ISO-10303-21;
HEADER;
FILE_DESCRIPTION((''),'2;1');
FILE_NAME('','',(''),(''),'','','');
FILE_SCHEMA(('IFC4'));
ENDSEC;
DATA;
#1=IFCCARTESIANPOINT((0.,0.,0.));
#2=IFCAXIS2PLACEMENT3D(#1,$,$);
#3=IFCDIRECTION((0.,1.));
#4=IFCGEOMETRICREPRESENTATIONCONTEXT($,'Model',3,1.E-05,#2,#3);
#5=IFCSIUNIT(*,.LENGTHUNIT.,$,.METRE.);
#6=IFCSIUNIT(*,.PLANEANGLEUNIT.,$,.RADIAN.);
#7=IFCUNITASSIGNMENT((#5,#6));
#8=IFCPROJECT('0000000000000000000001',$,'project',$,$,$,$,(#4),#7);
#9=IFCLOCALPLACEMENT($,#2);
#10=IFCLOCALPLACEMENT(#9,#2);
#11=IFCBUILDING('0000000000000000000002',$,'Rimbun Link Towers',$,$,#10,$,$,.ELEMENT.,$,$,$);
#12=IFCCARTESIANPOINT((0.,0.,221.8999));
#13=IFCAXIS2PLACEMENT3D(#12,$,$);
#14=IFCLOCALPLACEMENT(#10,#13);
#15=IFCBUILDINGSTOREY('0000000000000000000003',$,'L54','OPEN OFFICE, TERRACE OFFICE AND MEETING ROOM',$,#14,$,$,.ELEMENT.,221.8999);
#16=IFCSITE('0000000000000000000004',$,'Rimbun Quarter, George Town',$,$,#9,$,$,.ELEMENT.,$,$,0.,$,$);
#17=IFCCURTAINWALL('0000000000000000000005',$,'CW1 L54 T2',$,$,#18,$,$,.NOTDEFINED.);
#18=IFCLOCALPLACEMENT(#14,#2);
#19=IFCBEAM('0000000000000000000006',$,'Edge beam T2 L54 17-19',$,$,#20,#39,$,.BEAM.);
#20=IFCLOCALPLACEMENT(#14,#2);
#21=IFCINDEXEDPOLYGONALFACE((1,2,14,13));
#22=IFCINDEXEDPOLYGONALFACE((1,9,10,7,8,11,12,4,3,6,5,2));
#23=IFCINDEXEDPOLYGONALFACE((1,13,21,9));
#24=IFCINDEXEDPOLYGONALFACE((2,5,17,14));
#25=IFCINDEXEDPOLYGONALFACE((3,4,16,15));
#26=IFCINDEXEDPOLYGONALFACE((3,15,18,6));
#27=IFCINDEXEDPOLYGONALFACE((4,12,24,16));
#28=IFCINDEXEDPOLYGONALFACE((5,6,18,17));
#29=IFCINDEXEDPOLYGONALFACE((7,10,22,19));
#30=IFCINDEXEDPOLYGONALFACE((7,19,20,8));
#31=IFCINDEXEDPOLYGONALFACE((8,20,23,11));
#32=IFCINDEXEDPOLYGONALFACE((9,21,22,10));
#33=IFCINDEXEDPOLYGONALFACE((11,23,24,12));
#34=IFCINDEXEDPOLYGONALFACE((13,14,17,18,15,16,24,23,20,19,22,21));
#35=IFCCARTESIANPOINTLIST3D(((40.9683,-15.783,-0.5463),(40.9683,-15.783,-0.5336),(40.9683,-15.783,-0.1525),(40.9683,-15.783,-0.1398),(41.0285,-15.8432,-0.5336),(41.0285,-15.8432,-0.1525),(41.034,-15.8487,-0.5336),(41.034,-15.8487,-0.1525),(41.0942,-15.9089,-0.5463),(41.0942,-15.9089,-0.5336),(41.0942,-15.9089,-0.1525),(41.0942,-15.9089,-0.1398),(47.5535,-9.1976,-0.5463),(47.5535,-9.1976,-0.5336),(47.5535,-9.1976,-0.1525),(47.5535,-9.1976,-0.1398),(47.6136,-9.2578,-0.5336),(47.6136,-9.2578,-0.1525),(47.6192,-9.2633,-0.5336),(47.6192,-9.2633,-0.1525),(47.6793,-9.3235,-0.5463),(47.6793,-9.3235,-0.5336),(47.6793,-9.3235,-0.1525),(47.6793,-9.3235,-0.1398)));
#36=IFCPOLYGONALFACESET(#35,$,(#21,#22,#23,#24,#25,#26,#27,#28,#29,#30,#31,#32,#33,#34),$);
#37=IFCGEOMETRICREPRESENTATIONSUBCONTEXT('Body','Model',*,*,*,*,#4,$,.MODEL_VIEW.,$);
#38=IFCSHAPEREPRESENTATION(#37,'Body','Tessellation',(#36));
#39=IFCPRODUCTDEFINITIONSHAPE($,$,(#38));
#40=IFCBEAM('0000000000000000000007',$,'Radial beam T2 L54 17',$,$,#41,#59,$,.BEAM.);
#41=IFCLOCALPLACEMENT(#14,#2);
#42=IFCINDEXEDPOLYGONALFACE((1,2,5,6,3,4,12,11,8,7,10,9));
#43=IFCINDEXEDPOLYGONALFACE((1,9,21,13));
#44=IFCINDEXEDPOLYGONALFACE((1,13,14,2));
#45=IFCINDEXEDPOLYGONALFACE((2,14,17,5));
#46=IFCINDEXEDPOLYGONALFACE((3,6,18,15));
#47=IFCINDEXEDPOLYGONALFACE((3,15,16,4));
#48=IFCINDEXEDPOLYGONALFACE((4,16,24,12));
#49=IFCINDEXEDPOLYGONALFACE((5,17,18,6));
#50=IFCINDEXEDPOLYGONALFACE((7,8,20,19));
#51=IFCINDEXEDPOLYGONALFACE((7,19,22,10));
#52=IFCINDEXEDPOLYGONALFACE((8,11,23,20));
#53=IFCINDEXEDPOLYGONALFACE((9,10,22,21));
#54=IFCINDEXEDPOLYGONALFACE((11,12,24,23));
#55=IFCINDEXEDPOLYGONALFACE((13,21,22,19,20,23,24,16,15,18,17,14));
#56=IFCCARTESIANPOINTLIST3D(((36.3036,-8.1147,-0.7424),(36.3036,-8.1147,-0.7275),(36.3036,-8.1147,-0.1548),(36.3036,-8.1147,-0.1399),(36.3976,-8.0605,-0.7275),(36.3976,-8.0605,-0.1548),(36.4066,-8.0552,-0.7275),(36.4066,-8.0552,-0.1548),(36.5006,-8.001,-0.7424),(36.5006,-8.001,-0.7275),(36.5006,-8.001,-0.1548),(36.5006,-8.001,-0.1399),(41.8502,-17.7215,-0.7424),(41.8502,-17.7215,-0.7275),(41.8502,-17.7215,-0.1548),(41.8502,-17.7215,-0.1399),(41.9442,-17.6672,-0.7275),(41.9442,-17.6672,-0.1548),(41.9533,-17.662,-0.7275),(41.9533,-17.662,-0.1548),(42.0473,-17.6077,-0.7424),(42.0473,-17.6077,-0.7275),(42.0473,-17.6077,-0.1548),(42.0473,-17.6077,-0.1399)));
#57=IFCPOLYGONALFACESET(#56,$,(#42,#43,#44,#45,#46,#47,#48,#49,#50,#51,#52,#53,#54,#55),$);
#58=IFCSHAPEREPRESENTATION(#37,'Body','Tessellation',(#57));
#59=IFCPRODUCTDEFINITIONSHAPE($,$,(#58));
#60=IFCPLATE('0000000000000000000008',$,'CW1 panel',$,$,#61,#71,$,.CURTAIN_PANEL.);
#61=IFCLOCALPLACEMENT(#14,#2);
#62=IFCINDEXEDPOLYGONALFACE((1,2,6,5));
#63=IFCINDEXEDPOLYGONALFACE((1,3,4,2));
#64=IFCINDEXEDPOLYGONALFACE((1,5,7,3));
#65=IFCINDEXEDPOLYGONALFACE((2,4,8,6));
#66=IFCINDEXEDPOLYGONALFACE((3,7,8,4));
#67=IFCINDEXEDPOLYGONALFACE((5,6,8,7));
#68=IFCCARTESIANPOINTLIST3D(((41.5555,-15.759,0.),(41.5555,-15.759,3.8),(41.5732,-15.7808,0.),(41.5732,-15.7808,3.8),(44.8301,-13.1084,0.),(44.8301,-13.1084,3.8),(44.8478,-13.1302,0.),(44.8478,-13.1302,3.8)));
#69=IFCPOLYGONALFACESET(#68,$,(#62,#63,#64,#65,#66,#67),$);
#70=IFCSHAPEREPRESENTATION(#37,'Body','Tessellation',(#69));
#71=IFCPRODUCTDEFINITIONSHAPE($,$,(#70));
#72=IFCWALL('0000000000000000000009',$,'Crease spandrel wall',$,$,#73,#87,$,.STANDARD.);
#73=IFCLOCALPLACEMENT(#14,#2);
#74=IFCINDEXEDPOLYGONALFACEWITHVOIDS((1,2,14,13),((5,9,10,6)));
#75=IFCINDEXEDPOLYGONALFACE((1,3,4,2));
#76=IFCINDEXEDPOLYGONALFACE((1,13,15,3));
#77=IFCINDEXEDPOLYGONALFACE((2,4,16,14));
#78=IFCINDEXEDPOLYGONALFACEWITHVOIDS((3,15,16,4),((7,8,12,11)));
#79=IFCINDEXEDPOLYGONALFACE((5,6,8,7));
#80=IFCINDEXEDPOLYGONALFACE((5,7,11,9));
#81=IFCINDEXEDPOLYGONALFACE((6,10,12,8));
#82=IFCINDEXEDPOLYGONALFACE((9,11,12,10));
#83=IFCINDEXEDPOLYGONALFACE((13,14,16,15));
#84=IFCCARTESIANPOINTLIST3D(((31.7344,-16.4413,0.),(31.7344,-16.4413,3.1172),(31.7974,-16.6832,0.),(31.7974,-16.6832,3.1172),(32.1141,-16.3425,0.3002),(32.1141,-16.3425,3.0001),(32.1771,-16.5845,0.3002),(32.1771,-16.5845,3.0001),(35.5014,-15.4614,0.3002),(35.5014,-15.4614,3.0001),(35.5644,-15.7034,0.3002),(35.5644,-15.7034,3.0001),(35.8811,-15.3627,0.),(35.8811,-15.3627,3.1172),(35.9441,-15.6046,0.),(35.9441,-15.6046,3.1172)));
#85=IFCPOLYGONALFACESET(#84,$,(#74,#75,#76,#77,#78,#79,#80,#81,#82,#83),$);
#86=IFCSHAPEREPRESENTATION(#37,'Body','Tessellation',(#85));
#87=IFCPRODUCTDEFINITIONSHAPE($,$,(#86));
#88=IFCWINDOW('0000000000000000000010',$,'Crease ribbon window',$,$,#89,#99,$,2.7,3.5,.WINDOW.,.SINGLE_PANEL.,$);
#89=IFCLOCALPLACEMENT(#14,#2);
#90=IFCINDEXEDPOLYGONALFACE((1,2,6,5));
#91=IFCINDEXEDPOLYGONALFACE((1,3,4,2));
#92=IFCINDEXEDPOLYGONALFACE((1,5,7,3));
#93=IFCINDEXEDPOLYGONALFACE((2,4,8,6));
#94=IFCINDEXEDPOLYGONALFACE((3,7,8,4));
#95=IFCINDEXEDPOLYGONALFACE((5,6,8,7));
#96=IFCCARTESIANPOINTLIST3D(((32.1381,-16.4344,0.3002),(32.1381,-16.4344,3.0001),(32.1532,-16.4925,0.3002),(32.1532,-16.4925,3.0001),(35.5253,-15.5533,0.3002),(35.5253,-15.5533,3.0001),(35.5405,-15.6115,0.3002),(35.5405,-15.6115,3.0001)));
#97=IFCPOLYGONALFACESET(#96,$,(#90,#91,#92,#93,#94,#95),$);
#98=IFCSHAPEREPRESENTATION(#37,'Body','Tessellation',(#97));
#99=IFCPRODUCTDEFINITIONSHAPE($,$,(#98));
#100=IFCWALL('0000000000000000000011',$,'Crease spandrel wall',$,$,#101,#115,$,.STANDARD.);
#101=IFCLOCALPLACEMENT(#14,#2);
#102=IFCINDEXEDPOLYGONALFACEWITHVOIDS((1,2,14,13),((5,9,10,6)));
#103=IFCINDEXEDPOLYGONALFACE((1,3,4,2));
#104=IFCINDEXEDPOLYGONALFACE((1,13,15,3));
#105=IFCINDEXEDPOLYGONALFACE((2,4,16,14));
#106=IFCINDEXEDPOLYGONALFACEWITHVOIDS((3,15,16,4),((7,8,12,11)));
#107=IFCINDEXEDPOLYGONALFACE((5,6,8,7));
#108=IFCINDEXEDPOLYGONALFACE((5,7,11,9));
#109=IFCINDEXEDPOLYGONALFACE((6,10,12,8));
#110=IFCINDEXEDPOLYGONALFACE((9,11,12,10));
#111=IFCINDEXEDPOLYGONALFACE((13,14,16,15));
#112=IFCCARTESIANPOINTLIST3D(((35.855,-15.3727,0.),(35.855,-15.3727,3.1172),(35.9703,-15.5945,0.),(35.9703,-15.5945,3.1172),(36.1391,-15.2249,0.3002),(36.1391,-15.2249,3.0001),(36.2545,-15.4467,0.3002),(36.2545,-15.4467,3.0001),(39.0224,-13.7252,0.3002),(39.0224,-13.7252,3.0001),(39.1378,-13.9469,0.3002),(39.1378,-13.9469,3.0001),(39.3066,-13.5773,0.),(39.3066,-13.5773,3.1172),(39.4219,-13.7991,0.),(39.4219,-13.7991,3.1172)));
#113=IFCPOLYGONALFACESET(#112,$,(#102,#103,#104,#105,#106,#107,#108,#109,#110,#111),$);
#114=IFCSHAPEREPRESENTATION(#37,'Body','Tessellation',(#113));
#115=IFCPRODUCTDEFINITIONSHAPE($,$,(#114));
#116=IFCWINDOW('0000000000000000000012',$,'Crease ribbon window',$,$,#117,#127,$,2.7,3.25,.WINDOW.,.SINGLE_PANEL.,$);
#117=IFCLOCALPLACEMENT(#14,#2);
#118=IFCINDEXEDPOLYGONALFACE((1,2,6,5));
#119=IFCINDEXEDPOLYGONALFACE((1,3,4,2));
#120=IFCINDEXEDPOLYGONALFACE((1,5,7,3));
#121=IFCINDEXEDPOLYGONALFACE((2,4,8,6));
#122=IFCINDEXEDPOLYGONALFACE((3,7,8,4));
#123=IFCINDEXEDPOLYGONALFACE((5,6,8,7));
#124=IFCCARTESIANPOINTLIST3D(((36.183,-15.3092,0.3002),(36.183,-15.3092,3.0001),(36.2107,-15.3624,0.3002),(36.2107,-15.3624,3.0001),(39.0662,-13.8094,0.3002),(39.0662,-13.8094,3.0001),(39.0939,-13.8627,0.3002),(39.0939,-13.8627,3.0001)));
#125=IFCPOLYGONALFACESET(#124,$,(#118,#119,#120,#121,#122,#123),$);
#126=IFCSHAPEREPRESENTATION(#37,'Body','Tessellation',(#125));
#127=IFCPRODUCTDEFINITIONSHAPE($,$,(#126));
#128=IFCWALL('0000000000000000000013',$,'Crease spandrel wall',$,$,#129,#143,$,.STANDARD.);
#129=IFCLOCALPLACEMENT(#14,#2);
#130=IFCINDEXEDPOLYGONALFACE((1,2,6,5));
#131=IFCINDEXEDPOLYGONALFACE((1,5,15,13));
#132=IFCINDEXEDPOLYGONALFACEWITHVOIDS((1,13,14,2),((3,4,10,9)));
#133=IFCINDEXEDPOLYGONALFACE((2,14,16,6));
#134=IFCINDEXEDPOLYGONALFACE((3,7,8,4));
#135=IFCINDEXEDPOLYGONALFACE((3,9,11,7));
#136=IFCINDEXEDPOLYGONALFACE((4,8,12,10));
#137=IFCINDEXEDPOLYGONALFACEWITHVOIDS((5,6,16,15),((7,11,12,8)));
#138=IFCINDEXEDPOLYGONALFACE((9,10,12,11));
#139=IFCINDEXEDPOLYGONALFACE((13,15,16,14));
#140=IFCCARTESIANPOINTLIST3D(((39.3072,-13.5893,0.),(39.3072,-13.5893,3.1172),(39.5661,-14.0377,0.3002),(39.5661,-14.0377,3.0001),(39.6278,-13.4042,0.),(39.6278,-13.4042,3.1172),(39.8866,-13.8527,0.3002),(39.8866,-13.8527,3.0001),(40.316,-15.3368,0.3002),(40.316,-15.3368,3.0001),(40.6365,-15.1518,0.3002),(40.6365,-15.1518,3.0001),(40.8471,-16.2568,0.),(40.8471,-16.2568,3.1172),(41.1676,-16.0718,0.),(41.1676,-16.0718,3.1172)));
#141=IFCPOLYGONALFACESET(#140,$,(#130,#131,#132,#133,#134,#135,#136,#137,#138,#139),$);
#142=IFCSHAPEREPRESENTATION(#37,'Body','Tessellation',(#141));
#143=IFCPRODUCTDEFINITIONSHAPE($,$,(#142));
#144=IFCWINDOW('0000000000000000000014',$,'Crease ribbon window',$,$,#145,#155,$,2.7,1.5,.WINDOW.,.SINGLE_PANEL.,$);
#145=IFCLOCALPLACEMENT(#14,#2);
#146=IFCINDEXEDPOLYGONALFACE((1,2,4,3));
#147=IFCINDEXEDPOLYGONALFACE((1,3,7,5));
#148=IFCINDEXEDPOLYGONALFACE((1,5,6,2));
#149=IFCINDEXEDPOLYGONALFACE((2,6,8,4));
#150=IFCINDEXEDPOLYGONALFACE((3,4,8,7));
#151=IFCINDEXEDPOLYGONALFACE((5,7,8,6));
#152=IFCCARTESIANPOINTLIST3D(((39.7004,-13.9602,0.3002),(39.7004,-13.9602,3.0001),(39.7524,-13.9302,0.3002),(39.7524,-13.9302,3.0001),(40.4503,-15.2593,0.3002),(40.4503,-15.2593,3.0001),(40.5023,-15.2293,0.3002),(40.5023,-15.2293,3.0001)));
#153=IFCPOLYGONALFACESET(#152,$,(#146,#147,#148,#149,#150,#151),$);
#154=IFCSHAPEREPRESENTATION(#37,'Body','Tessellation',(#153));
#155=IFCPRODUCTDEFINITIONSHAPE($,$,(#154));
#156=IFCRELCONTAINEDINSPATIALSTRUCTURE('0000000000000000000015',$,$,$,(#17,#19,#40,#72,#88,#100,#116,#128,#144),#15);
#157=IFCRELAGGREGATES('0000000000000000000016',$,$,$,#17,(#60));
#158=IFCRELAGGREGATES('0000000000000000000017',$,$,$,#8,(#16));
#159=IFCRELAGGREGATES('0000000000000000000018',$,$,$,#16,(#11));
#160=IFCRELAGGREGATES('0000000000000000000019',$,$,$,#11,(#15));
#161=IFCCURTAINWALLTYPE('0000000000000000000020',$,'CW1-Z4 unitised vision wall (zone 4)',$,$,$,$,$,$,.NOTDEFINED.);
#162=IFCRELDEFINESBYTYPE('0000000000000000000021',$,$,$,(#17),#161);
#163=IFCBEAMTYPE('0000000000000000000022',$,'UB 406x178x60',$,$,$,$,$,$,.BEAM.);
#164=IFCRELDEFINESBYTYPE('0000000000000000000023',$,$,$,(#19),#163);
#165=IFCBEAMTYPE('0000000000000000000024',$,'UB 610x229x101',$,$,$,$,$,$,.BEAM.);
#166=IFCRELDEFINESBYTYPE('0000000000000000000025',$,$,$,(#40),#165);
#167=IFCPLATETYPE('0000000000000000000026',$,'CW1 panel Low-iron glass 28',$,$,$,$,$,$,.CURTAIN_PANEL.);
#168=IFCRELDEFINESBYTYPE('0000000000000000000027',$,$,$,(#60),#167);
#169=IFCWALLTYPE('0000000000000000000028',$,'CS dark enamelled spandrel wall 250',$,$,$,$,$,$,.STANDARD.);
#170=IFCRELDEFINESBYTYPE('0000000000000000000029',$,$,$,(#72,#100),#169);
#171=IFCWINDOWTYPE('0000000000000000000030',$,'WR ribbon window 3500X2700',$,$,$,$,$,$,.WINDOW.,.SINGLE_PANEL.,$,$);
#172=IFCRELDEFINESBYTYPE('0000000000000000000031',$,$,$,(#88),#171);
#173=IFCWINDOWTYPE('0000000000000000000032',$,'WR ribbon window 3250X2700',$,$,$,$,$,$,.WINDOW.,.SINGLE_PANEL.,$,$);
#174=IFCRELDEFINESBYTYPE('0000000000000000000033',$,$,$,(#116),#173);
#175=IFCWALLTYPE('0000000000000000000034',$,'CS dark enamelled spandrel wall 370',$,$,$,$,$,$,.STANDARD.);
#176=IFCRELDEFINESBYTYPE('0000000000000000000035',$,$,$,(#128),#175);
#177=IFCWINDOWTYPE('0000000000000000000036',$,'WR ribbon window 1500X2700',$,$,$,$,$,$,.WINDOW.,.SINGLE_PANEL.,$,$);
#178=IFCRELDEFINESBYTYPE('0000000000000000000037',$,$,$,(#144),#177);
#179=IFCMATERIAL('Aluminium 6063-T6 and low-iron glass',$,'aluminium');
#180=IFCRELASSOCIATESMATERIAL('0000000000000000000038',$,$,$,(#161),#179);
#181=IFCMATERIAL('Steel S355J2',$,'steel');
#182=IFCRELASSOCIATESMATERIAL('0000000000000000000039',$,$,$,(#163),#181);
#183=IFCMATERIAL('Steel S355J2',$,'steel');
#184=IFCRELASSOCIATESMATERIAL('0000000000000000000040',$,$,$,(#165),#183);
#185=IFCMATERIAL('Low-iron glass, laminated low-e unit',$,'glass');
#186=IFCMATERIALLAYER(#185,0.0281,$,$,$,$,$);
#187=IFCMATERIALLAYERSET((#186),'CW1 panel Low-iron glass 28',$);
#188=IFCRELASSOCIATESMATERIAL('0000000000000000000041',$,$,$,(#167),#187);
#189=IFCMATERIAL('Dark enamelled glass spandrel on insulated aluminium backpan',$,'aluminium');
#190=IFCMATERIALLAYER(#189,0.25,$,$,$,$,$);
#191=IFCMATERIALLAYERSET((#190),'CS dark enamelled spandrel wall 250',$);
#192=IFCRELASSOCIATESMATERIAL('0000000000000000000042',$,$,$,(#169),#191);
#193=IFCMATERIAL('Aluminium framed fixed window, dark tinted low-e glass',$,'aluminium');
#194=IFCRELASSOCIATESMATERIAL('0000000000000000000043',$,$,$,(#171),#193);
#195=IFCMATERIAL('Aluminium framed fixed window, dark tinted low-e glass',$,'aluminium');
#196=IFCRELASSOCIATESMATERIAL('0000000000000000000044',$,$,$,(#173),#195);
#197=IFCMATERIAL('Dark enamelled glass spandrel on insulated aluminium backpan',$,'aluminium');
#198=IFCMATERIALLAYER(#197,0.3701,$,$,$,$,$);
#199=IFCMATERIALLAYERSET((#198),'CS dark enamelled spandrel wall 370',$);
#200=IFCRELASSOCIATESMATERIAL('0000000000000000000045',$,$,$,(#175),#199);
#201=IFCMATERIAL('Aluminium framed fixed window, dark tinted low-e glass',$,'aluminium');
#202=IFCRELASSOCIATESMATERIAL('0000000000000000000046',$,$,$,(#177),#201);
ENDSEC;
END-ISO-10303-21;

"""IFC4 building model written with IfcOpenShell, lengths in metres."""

from ifc_helpers import new_model, si_unit, direction, frame, frame_2d, origin, origin_2d, place, context, subcontext, project, spatial, rectangle, i_section, extrude, material, layer, layer_set, material_profile, profile_set, type_object, element, fill, aggregate, save


model = new_model("IFC4")

# Units and contexts
model_context = context("Model", 3, precision=1e-05, world=origin(), true_north=direction((0.0, 1.0)))
body_context = subcontext(model_context, "Body", "Model", "MODEL_VIEW")
ifc_project = project(units=[si_unit("LENGTHUNIT", "METRE"), si_unit("PLANEANGLEUNIT", "RADIAN")], contexts=[model_context])

# Site, building, storey
site_placement = place(None, origin())
site = spatial("IfcSite", under=ifc_project, at=site_placement, Name="Rimbun Quarter, George Town", CompositionType="ELEMENT", RefElevation=0.0)
building_placement = place(site_placement, origin())
building = spatial("IfcBuilding", under=site, at=building_placement, Name="Rimbun Link Towers", CompositionType="ELEMENT")
storey_placement = place(building_placement, frame((0.0, 0.0, 221.8999)))
storey = spatial("IfcBuildingStorey", under=building, at=storey_placement, Name="L54", Description="OPEN OFFICE, TERRACE OFFICE AND MEETING ROOM", CompositionType="ELEMENT", Elevation=221.8999)

# Curtain wall
ifc_material_1 = material(Name="Aluminium 6063-T6 and low-iron glass", Category="aluminium")
curtain_wall_type = type_object("IfcCurtainWallType", Name="CW1-Z4 unitised vision wall (zone 4)", PredefinedType="NOTDEFINED", material=ifc_material_1)
curtain_wall_placement = place(storey_placement, origin())
curtain_wall = element("IfcCurtainWall", 1, at=curtain_wall_placement, inside=storey, type_object=curtain_wall_type, Name="CW1 L54 T2", PredefinedType="NOTDEFINED")

# Beams
ifc_material_2 = material(Name="Steel S355J2", Category="steel")
ifc_material_profile_1 = material_profile(ifc_material_2, i_section(OverallWidth=0.178, OverallDepth=0.4065, WebThickness=0.0078, FlangeThickness=0.0127, at=origin_2d()), Name="UB 406x178x60")
ifc_profile_set_1 = profile_set([ifc_material_profile_1], Name="Steel S355J2")
beam_type_1 = type_object("IfcBeamType", Name="UB 406x178x60", PredefinedType="BEAM", material=ifc_profile_set_1)
beam_1_placement = place(storey_placement, frame((41.0312, -15.8459, -0.343), z_axis=(0.707094, 0.70712, 0.0), x_axis=(-0.70712, 0.707094, 0.0)))
element("IfcBeam", 2, at=beam_1_placement, inside=storey, type_object=beam_type_1, Name="Edge beam T2 L54 17-19", PredefinedType="BEAM", context=body_context, shape_type="SweptSolid", body=[
    extrude(i_section(OverallWidth=0.178, OverallDepth=0.4065, WebThickness=0.0078, FlangeThickness=0.0127, at=origin_2d()), origin(), (0.0, 0.0, 1.0), 9.313),
])
ifc_material_3 = material(Name="Steel S355J2", Category="steel")
ifc_material_profile_2 = material_profile(ifc_material_3, i_section(OverallWidth=0.2275, OverallDepth=0.6025, WebThickness=0.0105, FlangeThickness=0.0149, at=origin_2d()), Name="UB 610x229x101")
ifc_profile_set_2 = profile_set([ifc_material_profile_2], Name="Steel S355J2")
beam_type_2 = type_object("IfcBeamType", Name="UB 610x229x101", PredefinedType="BEAM", material=ifc_profile_set_2)
beam_2_placement = place(storey_placement, frame((36.4021, -8.0579, -0.4412), z_axis=(0.500014, -0.866017, 0.0), x_axis=(0.866017, 0.500014, 0.0)))
element("IfcBeam", 3, at=beam_2_placement, inside=storey, type_object=beam_type_2, Name="Radial beam T2 L54 17", PredefinedType="BEAM", context=body_context, shape_type="SweptSolid", body=[
    extrude(i_section(OverallWidth=0.2275, OverallDepth=0.6025, WebThickness=0.0105, FlangeThickness=0.0149, at=origin_2d()), origin(), (0.0, 0.0, 1.0), 11.093),
])

# Plate
ifc_material_4 = material(Name="Low-iron glass, laminated low-e unit", Category="glass")
ifc_layer_1 = layer(ifc_material_4, 0.0281)
ifc_layer_set_1 = layer_set([ifc_layer_1], Name="CW1 panel Low-iron glass 28")
plate_type = type_object("IfcPlateType", Name="CW1 panel Low-iron glass 28", PredefinedType="CURTAIN_PANEL", material=ifc_layer_set_1)
plate_placement = place(storey_placement, frame((43.2017, -14.4446, 0.0), z_axis=(0.0, 0.0, 1.0), x_axis=(-0.777276, -0.62916, 0.0)))
plate = element("IfcPlate", 4, at=plate_placement, type_object=plate_type, Name="CW1 panel", PredefinedType="CURTAIN_PANEL", context=body_context, shape_type="SweptSolid", body=[
    extrude(rectangle(XDim=4.2129, YDim=0.0281, at=origin_2d()), origin(), (0.0, 0.0, 1.0), 3.8),
])
aggregate(curtain_wall, [plate])

# Walls, openings, windows
ifc_material_5 = material(Name="Dark enamelled glass spandrel on insulated aluminium backpan", Category="aluminium")
ifc_layer_2 = layer(ifc_material_5, 0.25)
ifc_layer_set_2 = layer_set([ifc_layer_2], Name="CS dark enamelled spandrel wall 250")
wall_type_1 = type_object("IfcWallType", Name="CS dark enamelled spandrel wall 250", PredefinedType="STANDARD", material=ifc_layer_set_2)
wall_1_placement = place(storey_placement, frame((35.9126, -15.4836, 0.0), z_axis=(0.0, 0.0, 1.0), x_axis=(-0.967796, -0.251735, 0.0)))
wall_1 = element("IfcWall", 5, at=wall_1_placement, inside=storey, type_object=wall_type_1, Name="Crease spandrel wall", PredefinedType="STANDARD", context=body_context, shape_type="SweptSolid", body=[
    extrude(rectangle(XDim=4.2847, YDim=0.25, at=frame_2d((2.1423, 0.0))), origin(), (0.0, 0.0, 1.0), 3.1172),
])
opening_1_placement = place(wall_1_placement, frame((0.3923, 0.0, 0.3)))
opening_1 = element("IfcOpeningElement", 6, at=opening_1_placement, cuts=wall_1, PredefinedType="OPENING", context=body_context, shape_type="SweptSolid", body=[
    extrude(rectangle(XDim=3.5, YDim=2.7, at=frame_2d((1.75, 1.3501))), frame((0.0, 0.135, 0.0), z_axis=(0.0, -1.0, 0.0), x_axis=(1.0, 0.0, 0.0)), (0.0, 0.0, 1.0), 0.27),
])
ifc_material_6 = material(Name="Aluminium framed fixed window, dark tinted low-e glass", Category="aluminium")
window_type_1 = type_object("IfcWindowType", Name="WR ribbon window 3500X2700", PartitioningType="SINGLE_PANEL", PredefinedType="WINDOW", material=ifc_material_6)
window_1_placement = place(opening_1_placement, origin())
window_1 = element("IfcWindow", 7, at=window_1_placement, inside=storey, type_object=window_type_1, Name="Crease ribbon window", OverallHeight=2.7, OverallWidth=3.5, PartitioningType="SINGLE_PANEL", PredefinedType="WINDOW", context=body_context, shape_type="SweptSolid", body=[
    extrude(rectangle(XDim=3.5, YDim=2.7, at=frame_2d((1.75, 1.3501))), frame((0.0, 0.03, 0.0), z_axis=(0.0, -1.0, 0.0), x_axis=(1.0, 0.0, 0.0)), (0.0, 0.0, 1.0), 0.0601),
])
fill(opening_1, window_1)
wall_2_placement = place(storey_placement, frame((39.3643, -13.6882, 0.0), z_axis=(0.0, 0.0, 1.0), x_axis=(-0.887159, -0.461463, 0.0)))
wall_2 = element("IfcWall", 8, at=wall_2_placement, inside=storey, type_object=wall_type_1, Name="Crease spandrel wall", PredefinedType="STANDARD", context=body_context, shape_type="SweptSolid", body=[
    extrude(rectangle(XDim=3.8906, YDim=0.25, at=frame_2d((1.9453, 0.0))), origin(), (0.0, 0.0, 1.0), 3.1172),
])
opening_2_placement = place(wall_2_placement, frame((0.3203, 0.0, 0.3)))
opening_2 = element("IfcOpeningElement", 9, at=opening_2_placement, cuts=wall_2, PredefinedType="OPENING", context=body_context, shape_type="SweptSolid", body=[
    extrude(rectangle(XDim=3.25, YDim=2.7, at=frame_2d((1.625, 1.3501))), frame((0.0, 0.135, 0.0), z_axis=(0.0, -1.0, 0.0), x_axis=(1.0, 0.0, 0.0)), (0.0, 0.0, 1.0), 0.27),
])
ifc_material_7 = material(Name="Aluminium framed fixed window, dark tinted low-e glass", Category="aluminium")
window_type_2 = type_object("IfcWindowType", Name="WR ribbon window 3250X2700", PartitioningType="SINGLE_PANEL", PredefinedType="WINDOW", material=ifc_material_7)
window_2_placement = place(opening_2_placement, origin())
window_2 = element("IfcWindow", 10, at=window_2_placement, inside=storey, type_object=window_type_2, Name="Crease ribbon window", OverallHeight=2.7, OverallWidth=3.25, PartitioningType="SINGLE_PANEL", PredefinedType="WINDOW", context=body_context, shape_type="SweptSolid", body=[
    extrude(rectangle(XDim=3.25, YDim=2.7, at=frame_2d((1.625, 1.3501))), frame((0.0, 0.03, 0.0), z_axis=(0.0, -1.0, 0.0), x_axis=(1.0, 0.0, 0.0)), (0.0, 0.0, 1.0), 0.0601),
])
fill(opening_2, window_2)
ifc_material_8 = material(Name="Dark enamelled glass spandrel on insulated aluminium backpan", Category="aluminium")
ifc_layer_3 = layer(ifc_material_8, 0.3701)
ifc_layer_set_3 = layer_set([ifc_layer_3], Name="CS dark enamelled spandrel wall 370")
wall_type_2 = type_object("IfcWallType", Name="CS dark enamelled spandrel wall 370", PredefinedType="STANDARD", material=ifc_layer_set_3)
wall_3_placement = place(storey_placement, frame((41.0073, -16.1643, 0.0), z_axis=(0.0, 0.0, 1.0), x_axis=(-0.499933, 0.866064, 0.0)))
wall_3 = element("IfcWall", 11, at=wall_3_placement, inside=storey, type_object=wall_type_2, Name="Crease spandrel wall", PredefinedType="STANDARD", context=body_context, shape_type="SweptSolid", body=[
    extrude(rectangle(XDim=3.0801, YDim=0.3701, at=frame_2d((1.54, 0.0))), origin(), (0.0, 0.0, 1.0), 3.1172),
])
opening_3_placement = place(wall_3_placement, frame((1.0623, 0.0, 0.3)))
opening_3 = element("IfcOpeningElement", 12, at=opening_3_placement, cuts=wall_3, PredefinedType="OPENING", context=body_context, shape_type="SweptSolid", body=[
    extrude(rectangle(XDim=1.5, YDim=2.7, at=frame_2d((0.75, 1.3501))), frame((0.0, 0.1951, 0.0), z_axis=(0.0, -1.0, 0.0), x_axis=(1.0, 0.0, 0.0)), (0.0, 0.0, 1.0), 0.3901),
])
ifc_material_9 = material(Name="Aluminium framed fixed window, dark tinted low-e glass", Category="aluminium")
window_type_3 = type_object("IfcWindowType", Name="WR ribbon window 1500X2700", PartitioningType="SINGLE_PANEL", PredefinedType="WINDOW", material=ifc_material_9)
window_3_placement = place(opening_3_placement, origin())
window_3 = element("IfcWindow", 13, at=window_3_placement, inside=storey, type_object=window_type_3, Name="Crease ribbon window", OverallHeight=2.7, OverallWidth=1.5, PartitioningType="SINGLE_PANEL", PredefinedType="WINDOW", context=body_context, shape_type="SweptSolid", body=[
    extrude(rectangle(XDim=1.5, YDim=2.7, at=frame_2d((0.75, 1.3501))), frame((0.0, 0.03, 0.0), z_axis=(0.0, -1.0, 0.0), x_axis=(1.0, 0.0, 0.0)), (0.0, 0.0, 1.0), 0.0601),
])
fill(opening_3, window_3)

save(model, "model.ifc")
